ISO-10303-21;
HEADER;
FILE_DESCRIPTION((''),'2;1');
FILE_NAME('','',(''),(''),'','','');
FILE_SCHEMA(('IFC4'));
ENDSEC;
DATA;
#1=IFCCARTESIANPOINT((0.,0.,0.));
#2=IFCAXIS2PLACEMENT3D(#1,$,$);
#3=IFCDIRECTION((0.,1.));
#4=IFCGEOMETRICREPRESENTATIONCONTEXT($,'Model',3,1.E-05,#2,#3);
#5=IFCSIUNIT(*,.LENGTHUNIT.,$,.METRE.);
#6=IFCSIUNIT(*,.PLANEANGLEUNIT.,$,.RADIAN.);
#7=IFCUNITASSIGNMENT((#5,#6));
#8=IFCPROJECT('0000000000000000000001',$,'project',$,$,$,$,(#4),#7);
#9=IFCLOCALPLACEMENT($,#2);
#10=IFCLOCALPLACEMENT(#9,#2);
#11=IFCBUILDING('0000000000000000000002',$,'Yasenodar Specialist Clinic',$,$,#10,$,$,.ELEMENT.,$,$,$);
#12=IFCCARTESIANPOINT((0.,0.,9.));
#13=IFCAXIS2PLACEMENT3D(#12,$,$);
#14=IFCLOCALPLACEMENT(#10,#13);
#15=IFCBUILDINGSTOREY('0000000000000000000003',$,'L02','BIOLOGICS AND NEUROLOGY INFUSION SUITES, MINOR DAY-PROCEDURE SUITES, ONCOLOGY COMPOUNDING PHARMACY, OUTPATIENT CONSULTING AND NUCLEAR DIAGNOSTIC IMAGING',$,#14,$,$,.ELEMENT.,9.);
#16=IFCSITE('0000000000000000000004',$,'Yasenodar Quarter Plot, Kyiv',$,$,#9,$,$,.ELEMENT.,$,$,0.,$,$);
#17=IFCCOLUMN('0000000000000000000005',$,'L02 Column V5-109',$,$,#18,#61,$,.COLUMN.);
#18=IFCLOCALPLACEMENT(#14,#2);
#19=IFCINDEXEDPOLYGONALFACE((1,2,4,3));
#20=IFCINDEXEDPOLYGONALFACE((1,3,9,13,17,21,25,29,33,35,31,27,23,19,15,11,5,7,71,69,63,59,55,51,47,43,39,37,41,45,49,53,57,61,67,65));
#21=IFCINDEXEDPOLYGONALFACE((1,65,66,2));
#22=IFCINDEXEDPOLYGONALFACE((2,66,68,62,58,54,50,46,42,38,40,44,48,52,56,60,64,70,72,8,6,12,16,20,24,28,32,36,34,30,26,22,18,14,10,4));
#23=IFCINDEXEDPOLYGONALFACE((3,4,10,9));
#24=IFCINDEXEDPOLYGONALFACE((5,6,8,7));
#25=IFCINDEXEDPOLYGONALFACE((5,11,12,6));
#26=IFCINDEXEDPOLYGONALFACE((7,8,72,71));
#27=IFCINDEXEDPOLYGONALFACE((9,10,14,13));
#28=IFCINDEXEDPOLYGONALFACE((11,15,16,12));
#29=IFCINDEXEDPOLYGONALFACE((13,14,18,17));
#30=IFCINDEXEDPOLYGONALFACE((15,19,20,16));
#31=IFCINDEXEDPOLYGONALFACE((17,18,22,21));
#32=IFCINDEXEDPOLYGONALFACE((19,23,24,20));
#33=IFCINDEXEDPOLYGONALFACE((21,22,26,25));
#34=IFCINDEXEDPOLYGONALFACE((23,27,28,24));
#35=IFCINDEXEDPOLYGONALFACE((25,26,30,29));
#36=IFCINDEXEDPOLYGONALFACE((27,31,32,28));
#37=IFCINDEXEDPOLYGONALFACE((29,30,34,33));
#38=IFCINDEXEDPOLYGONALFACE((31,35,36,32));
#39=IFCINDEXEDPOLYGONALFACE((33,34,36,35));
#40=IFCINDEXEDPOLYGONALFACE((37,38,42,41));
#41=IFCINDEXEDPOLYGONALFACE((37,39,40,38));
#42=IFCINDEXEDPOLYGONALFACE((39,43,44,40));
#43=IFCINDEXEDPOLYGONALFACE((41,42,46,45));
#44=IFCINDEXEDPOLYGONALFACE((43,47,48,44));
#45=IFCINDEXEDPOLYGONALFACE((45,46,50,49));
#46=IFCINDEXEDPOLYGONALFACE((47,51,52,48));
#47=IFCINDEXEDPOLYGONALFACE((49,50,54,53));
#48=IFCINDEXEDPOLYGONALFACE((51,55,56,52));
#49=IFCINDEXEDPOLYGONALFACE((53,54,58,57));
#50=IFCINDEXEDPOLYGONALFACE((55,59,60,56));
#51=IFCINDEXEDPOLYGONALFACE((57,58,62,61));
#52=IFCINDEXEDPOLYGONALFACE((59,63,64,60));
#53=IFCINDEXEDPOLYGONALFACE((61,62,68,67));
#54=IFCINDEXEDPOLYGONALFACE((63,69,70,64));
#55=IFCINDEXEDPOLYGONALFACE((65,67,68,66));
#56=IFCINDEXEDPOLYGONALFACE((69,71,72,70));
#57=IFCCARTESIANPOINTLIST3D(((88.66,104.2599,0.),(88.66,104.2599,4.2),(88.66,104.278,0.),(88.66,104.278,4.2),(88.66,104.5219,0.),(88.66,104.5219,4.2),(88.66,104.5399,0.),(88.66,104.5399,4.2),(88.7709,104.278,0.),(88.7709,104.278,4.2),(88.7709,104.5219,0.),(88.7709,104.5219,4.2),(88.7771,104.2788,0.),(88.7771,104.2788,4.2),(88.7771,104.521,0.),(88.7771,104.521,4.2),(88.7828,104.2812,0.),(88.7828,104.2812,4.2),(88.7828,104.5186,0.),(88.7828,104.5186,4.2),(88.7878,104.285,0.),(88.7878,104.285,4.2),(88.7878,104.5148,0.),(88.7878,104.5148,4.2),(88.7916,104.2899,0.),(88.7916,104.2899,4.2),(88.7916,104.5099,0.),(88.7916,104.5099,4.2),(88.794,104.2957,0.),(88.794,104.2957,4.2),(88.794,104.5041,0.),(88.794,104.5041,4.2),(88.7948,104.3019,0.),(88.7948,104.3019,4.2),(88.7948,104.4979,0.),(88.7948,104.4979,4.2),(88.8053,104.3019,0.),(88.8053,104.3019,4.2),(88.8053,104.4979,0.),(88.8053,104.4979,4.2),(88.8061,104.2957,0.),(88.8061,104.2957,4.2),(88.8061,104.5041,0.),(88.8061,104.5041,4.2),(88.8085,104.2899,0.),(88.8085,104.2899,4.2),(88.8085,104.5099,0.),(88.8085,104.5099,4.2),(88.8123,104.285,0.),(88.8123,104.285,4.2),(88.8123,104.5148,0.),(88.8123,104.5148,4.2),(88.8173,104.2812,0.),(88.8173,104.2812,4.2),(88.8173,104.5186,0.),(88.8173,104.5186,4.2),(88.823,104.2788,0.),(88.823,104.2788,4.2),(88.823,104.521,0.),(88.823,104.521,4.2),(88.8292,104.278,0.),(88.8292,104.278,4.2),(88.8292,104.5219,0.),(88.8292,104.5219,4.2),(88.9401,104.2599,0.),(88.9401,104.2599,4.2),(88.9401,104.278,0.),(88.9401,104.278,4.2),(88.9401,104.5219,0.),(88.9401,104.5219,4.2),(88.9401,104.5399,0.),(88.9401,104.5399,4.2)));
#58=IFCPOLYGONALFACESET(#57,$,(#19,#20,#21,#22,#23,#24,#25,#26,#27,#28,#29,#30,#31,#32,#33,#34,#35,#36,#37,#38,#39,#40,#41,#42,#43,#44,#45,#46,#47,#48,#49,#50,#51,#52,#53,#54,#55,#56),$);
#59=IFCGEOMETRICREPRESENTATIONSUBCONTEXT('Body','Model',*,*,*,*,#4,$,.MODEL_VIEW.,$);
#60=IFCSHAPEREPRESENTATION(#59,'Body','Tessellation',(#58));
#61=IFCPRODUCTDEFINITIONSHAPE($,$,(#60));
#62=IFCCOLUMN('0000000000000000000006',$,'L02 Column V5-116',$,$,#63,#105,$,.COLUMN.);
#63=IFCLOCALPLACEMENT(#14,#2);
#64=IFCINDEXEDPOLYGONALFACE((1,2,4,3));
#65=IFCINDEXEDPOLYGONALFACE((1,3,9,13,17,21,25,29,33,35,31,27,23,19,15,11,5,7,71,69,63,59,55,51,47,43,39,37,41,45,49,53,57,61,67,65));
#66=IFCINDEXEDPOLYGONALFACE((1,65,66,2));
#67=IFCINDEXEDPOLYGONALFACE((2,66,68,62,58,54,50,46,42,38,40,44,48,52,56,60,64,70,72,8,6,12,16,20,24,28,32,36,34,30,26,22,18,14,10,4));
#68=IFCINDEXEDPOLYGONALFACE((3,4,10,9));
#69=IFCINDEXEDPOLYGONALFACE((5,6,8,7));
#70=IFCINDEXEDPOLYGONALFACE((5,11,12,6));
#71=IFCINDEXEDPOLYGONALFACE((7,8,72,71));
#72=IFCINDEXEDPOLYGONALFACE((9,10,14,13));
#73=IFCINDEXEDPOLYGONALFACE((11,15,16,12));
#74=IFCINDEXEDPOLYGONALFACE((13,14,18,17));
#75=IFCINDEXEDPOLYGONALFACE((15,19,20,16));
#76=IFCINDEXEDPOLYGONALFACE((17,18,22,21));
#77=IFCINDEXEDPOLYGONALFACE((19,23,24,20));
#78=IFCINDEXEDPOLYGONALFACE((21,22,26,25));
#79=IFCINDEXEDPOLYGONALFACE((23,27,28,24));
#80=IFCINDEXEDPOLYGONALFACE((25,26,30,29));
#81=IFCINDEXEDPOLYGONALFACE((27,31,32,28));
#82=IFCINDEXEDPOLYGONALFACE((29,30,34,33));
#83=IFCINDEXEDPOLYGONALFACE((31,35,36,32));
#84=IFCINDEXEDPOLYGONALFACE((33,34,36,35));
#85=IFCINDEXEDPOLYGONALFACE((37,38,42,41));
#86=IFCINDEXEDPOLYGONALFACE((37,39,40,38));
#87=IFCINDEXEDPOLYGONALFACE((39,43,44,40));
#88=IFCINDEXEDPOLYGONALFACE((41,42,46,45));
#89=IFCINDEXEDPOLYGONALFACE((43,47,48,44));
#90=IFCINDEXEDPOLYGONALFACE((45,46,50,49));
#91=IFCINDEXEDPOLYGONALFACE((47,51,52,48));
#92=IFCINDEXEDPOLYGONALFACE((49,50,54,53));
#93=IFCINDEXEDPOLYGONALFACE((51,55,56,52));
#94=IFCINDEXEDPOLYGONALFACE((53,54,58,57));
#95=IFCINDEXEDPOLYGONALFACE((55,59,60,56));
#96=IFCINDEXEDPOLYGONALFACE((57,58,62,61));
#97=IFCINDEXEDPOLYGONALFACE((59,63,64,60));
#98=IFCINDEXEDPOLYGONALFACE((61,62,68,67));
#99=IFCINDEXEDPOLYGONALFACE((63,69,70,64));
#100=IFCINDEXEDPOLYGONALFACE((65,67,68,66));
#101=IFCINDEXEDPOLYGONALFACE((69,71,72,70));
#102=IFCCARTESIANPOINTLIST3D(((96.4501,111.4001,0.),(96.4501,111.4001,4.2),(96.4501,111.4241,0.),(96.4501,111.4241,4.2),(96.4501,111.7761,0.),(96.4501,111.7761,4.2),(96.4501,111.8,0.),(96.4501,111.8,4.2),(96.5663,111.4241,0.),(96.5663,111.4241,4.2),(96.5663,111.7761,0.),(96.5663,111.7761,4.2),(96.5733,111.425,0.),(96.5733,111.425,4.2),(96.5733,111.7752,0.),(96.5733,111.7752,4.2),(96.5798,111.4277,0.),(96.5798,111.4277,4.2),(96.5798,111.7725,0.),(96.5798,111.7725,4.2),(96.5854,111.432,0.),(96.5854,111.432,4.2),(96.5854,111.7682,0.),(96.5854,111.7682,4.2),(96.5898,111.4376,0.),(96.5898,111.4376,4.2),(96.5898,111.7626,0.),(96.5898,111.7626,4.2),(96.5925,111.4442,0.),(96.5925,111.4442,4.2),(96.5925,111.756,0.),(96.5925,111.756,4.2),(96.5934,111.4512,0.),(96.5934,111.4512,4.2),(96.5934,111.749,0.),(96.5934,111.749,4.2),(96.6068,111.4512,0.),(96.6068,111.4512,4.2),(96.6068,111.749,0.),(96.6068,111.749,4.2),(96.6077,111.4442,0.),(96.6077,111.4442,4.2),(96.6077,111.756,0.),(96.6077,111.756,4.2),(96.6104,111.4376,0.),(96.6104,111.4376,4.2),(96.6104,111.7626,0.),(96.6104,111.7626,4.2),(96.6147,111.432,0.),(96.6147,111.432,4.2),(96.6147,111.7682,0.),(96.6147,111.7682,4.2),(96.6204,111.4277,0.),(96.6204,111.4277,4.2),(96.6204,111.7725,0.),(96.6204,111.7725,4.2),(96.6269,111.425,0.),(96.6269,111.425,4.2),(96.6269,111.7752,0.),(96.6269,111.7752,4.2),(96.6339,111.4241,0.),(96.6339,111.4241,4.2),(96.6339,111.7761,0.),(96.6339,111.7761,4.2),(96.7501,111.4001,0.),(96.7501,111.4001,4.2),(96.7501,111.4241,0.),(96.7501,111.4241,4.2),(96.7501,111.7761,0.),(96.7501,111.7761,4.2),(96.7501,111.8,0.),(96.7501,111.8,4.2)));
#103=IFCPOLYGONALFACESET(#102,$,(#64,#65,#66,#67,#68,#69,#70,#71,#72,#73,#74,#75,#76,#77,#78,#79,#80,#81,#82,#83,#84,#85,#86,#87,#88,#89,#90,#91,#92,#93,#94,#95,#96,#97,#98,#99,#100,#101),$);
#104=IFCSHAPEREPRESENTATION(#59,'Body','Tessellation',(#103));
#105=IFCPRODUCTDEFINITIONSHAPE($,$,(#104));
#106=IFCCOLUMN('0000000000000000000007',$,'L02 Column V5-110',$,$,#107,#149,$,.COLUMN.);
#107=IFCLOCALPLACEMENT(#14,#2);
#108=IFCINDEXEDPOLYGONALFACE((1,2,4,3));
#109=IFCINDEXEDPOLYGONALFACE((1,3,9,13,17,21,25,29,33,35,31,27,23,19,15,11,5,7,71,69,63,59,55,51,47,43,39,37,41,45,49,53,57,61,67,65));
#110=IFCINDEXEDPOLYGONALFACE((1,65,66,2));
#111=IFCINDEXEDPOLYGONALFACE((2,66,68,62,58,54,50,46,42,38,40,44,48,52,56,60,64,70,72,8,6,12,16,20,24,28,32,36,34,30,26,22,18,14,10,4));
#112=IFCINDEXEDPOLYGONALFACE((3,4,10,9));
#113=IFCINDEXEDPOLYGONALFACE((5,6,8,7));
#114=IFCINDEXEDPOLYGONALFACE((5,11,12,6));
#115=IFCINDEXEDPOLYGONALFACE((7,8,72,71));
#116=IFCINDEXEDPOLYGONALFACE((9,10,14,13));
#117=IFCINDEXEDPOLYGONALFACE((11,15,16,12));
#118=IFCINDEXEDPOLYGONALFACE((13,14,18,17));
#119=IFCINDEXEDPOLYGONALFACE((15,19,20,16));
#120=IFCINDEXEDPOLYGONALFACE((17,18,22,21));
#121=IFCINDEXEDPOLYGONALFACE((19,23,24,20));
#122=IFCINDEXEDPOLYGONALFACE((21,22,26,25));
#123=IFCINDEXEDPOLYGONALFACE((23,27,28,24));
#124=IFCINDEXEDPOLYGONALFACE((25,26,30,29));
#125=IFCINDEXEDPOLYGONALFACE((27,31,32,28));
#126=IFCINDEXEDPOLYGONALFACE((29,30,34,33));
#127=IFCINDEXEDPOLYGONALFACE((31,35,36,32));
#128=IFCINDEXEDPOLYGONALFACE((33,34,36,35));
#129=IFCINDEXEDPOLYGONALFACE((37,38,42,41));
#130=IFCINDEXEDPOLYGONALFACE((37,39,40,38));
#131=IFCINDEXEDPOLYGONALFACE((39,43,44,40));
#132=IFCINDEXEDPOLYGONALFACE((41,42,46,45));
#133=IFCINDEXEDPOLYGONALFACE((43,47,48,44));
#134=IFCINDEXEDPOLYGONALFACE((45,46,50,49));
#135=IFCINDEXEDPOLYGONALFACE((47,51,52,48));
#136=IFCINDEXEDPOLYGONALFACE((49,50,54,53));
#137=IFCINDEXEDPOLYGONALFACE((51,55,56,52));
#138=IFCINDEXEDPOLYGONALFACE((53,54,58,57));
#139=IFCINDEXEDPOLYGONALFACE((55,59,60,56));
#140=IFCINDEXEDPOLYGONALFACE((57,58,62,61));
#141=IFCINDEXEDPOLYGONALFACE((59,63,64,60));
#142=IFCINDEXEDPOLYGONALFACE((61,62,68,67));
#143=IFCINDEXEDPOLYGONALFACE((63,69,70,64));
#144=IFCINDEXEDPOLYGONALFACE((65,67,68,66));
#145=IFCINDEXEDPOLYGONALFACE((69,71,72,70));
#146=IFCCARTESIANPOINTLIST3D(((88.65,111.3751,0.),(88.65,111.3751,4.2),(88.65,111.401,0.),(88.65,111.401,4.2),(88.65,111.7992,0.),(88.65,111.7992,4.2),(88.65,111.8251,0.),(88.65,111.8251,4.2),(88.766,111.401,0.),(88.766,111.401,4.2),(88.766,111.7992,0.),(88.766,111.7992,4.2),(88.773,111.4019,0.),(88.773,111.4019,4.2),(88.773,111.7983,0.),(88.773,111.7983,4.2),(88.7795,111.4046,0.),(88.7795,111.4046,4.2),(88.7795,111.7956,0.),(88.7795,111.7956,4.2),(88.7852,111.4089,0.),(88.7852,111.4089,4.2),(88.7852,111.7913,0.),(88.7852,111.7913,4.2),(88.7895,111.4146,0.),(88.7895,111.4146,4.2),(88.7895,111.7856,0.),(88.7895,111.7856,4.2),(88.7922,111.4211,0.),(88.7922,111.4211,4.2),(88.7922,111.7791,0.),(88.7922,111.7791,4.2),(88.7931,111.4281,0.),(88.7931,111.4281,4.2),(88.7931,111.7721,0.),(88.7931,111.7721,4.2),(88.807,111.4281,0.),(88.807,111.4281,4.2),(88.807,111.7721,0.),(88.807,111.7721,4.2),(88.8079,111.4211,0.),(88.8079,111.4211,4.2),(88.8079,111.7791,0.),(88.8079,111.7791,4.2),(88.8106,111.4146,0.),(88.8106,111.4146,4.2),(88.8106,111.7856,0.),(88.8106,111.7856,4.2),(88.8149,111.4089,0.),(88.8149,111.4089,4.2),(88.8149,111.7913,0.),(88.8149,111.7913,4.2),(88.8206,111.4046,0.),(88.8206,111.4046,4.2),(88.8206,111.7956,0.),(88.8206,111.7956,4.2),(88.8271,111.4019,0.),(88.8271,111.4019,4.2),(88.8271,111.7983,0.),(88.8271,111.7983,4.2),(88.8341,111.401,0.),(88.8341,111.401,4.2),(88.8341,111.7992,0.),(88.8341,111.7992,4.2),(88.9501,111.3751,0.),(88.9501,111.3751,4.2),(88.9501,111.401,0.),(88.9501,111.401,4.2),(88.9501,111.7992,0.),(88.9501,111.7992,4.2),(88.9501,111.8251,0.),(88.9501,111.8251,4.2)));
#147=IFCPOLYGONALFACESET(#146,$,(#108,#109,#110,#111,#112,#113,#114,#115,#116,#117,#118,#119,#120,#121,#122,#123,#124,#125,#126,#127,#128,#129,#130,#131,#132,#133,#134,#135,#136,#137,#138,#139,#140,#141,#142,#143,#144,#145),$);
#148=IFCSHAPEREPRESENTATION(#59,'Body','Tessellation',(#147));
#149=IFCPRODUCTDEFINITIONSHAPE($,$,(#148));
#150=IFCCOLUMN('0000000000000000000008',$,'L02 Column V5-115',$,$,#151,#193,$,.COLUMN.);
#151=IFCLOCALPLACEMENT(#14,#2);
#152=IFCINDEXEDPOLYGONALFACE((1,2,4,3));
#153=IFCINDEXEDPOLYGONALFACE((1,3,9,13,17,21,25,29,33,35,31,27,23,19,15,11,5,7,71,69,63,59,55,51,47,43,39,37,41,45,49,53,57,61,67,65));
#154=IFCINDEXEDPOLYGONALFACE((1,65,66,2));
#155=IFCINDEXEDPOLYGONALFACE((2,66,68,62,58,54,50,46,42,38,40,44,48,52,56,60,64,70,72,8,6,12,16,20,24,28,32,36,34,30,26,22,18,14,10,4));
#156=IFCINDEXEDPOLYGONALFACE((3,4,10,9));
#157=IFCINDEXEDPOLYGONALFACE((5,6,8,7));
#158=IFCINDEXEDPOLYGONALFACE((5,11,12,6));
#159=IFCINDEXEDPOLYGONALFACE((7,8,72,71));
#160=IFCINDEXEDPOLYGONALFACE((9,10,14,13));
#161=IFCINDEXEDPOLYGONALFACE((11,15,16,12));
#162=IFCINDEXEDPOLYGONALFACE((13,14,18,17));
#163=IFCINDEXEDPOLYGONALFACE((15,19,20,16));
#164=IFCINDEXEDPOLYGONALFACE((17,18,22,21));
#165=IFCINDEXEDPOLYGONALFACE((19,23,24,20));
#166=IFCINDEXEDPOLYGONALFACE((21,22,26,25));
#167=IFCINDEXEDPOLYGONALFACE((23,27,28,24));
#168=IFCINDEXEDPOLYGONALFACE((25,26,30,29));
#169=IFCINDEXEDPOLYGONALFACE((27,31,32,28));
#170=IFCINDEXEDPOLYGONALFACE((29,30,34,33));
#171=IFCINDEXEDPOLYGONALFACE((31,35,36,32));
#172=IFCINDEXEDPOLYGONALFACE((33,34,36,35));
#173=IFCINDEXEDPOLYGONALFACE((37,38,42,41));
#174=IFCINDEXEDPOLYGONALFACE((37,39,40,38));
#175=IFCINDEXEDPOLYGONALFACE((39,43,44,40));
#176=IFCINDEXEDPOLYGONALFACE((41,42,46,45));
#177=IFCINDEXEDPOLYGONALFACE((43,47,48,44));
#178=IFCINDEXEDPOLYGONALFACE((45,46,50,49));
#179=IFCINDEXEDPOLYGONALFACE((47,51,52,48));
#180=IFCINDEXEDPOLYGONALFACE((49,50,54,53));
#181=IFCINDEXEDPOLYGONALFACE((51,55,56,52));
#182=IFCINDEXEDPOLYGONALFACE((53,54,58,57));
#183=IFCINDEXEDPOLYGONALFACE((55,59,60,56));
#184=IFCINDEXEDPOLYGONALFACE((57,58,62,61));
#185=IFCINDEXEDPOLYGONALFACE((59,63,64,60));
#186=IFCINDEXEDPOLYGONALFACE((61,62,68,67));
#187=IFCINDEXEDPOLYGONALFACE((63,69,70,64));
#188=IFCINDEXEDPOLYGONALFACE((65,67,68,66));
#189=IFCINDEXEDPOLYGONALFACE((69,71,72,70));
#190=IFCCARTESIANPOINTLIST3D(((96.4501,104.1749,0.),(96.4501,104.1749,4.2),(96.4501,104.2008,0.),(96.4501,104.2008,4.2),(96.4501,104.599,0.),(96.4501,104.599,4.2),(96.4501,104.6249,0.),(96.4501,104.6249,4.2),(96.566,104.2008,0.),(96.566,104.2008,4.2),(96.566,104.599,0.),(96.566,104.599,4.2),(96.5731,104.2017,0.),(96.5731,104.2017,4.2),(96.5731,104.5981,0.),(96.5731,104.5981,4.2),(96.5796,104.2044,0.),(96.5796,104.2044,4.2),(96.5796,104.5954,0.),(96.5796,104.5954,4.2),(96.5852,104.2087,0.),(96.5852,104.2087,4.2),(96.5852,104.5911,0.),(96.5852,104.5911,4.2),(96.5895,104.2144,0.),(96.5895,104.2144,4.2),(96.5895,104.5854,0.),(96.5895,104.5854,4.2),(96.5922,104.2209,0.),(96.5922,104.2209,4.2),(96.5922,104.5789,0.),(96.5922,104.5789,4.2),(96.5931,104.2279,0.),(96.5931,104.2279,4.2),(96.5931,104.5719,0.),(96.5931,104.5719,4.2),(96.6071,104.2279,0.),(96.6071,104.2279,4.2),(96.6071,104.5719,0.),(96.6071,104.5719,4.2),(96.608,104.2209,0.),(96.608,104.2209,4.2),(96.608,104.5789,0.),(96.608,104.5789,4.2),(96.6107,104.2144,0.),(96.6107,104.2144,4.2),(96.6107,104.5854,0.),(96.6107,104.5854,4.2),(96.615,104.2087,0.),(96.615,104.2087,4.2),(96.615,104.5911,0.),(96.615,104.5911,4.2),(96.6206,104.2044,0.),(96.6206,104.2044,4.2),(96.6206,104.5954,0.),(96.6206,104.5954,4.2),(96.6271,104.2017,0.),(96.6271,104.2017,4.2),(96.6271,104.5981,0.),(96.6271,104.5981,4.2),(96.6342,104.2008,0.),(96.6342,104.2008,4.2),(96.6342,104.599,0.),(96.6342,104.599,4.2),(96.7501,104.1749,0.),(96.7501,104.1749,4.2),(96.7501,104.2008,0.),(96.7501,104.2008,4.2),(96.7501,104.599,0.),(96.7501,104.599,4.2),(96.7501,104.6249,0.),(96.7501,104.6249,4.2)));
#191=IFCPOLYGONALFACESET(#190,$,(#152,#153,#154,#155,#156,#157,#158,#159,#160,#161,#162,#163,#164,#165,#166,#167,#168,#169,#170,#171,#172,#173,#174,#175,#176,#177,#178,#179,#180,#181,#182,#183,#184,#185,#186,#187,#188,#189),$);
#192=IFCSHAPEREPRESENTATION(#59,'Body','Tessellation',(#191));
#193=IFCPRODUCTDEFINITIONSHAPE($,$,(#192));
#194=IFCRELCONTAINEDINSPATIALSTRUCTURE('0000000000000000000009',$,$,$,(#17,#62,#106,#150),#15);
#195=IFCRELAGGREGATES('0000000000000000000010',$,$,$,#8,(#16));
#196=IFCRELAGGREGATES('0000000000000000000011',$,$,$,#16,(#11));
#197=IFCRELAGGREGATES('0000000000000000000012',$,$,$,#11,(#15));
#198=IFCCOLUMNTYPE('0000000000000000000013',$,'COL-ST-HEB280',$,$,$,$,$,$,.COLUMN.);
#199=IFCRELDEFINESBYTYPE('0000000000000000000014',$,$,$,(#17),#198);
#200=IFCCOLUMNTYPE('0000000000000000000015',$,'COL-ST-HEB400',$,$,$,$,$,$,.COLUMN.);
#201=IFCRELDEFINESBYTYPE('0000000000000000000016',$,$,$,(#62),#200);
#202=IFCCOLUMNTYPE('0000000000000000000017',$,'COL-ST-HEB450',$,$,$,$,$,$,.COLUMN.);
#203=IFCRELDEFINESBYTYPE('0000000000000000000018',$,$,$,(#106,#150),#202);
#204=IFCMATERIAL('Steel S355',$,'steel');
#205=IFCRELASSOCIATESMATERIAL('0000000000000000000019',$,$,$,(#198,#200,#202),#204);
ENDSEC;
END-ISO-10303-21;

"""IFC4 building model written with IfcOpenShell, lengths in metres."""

from ifc_helpers import new_model, si_unit, direction, frame, origin, origin_2d, place, context, subcontext, project, spatial, i_section, extrude, material, material_profile, profile_set, type_object, element, save


model = new_model("IFC4")

# Units and contexts
model_context = context("Model", 3, precision=1e-05, world=origin(), true_north=direction((0.0, 1.0)))
body_context = subcontext(model_context, "Body", "Model", "MODEL_VIEW")
ifc_project = project(units=[si_unit("LENGTHUNIT", "METRE"), si_unit("PLANEANGLEUNIT", "RADIAN")], contexts=[model_context])

# Site, building, storey
site_placement = place(None, origin())
site = spatial("IfcSite", under=ifc_project, at=site_placement, Name="Yasenodar Quarter Plot, Kyiv", CompositionType="ELEMENT", RefElevation=0.0)
building_placement = place(site_placement, origin())
building = spatial("IfcBuilding", under=site, at=building_placement, Name="Yasenodar Specialist Clinic", CompositionType="ELEMENT")
storey_placement = place(building_placement, frame((0.0, 0.0, 9.0)))
storey = spatial("IfcBuildingStorey", under=building, at=storey_placement, Name="L02", Description="BIOLOGICS AND NEUROLOGY INFUSION SUITES, MINOR DAY-PROCEDURE SUITES, ONCOLOGY COMPOUNDING PHARMACY, OUTPATIENT CONSULTING AND NUCLEAR DIAGNOSTIC IMAGING", CompositionType="ELEMENT", Elevation=9.0)

# Columns
ifc_material_1 = material(Name="Steel S355", Category="steel")
ifc_material_profile_1 = material_profile(ifc_material_1, i_section(OverallWidth=0.28, OverallDepth=0.28, WebThickness=0.0105, FlangeThickness=0.0181, FilletRadius=0.0239, at=origin_2d()), Name="HEB 280")
ifc_profile_set_1 = profile_set([ifc_material_profile_1], Name="Steel S355")
column_type_1 = type_object("IfcColumnType", Name="COL-ST-HEB280", PredefinedType="COLUMN", material=ifc_profile_set_1)
column_1_placement = place(storey_placement, frame((88.8, 104.3999, 0.0), z_axis=(0.0, 0.0, 1.0), x_axis=(1.0, 0.0, 0.0)))
element("IfcColumn", 1, at=column_1_placement, inside=storey, type_object=column_type_1, Name="L02 Column V5-109", PredefinedType="COLUMN", context=body_context, shape_type="SweptSolid", body=[
    extrude(i_section(OverallWidth=0.28, OverallDepth=0.28, WebThickness=0.0105, FlangeThickness=0.0181, FilletRadius=0.0239, at=origin_2d()), origin(), (0.0, 0.0, 1.0), 4.2),
])
ifc_material_profile_2 = material_profile(ifc_material_1, i_section(OverallWidth=0.3, OverallDepth=0.3999, WebThickness=0.0134, FlangeThickness=0.0239, FilletRadius=0.0271, at=origin_2d()), Name="HEB 400")
ifc_profile_set_2 = profile_set([ifc_material_profile_2], Name="Steel S355")
column_type_2 = type_object("IfcColumnType", Name="COL-ST-HEB400", PredefinedType="COLUMN", material=ifc_profile_set_2)
column_2_placement = place(storey_placement, frame((96.6001, 111.6001, 0.0), z_axis=(0.0, 0.0, 1.0), x_axis=(1.0, 0.0, 0.0)))
element("IfcColumn", 2, at=column_2_placement, inside=storey, type_object=column_type_2, Name="L02 Column V5-116", PredefinedType="COLUMN", context=body_context, shape_type="SweptSolid", body=[
    extrude(i_section(OverallWidth=0.3, OverallDepth=0.3999, WebThickness=0.0134, FlangeThickness=0.0239, FilletRadius=0.0271, at=origin_2d()), origin(), (0.0, 0.0, 1.0), 4.2),
])
ifc_material_profile_3 = material_profile(ifc_material_1, i_section(OverallWidth=0.3, OverallDepth=0.45, WebThickness=0.0139, FlangeThickness=0.0259, FilletRadius=0.0271, at=origin_2d()), Name="HEB 450")
ifc_profile_set_3 = profile_set([ifc_material_profile_3], Name="Steel S355")
column_type_3 = type_object("IfcColumnType", Name="COL-ST-HEB450", PredefinedType="COLUMN", material=ifc_profile_set_3)
for number, where, z_axis, x_axis, name in (
    (3, (88.8, 111.6001, 0.0), (0.0, 0.0, 1.0), (1.0, 0.0, 0.0), "L02 Column V5-110"),
    (4, (96.6001, 104.3999, 0.0), (0.0, 0.0, 1.0), (1.0, 0.0, 0.0), "L02 Column V5-115"),
):
    element("IfcColumn", number, at=place(storey_placement, frame(where, z_axis=z_axis, x_axis=x_axis)), inside=storey, type_object=column_type_3, Name=name, PredefinedType="COLUMN", context=body_context, shape_type="SweptSolid", body=[
        extrude(i_section(OverallWidth=0.3, OverallDepth=0.45, WebThickness=0.0139, FlangeThickness=0.0259, FilletRadius=0.0271, at=origin_2d()), origin(), (0.0, 0.0, 1.0), 4.2),
    ])

save(model, "model.ifc")
